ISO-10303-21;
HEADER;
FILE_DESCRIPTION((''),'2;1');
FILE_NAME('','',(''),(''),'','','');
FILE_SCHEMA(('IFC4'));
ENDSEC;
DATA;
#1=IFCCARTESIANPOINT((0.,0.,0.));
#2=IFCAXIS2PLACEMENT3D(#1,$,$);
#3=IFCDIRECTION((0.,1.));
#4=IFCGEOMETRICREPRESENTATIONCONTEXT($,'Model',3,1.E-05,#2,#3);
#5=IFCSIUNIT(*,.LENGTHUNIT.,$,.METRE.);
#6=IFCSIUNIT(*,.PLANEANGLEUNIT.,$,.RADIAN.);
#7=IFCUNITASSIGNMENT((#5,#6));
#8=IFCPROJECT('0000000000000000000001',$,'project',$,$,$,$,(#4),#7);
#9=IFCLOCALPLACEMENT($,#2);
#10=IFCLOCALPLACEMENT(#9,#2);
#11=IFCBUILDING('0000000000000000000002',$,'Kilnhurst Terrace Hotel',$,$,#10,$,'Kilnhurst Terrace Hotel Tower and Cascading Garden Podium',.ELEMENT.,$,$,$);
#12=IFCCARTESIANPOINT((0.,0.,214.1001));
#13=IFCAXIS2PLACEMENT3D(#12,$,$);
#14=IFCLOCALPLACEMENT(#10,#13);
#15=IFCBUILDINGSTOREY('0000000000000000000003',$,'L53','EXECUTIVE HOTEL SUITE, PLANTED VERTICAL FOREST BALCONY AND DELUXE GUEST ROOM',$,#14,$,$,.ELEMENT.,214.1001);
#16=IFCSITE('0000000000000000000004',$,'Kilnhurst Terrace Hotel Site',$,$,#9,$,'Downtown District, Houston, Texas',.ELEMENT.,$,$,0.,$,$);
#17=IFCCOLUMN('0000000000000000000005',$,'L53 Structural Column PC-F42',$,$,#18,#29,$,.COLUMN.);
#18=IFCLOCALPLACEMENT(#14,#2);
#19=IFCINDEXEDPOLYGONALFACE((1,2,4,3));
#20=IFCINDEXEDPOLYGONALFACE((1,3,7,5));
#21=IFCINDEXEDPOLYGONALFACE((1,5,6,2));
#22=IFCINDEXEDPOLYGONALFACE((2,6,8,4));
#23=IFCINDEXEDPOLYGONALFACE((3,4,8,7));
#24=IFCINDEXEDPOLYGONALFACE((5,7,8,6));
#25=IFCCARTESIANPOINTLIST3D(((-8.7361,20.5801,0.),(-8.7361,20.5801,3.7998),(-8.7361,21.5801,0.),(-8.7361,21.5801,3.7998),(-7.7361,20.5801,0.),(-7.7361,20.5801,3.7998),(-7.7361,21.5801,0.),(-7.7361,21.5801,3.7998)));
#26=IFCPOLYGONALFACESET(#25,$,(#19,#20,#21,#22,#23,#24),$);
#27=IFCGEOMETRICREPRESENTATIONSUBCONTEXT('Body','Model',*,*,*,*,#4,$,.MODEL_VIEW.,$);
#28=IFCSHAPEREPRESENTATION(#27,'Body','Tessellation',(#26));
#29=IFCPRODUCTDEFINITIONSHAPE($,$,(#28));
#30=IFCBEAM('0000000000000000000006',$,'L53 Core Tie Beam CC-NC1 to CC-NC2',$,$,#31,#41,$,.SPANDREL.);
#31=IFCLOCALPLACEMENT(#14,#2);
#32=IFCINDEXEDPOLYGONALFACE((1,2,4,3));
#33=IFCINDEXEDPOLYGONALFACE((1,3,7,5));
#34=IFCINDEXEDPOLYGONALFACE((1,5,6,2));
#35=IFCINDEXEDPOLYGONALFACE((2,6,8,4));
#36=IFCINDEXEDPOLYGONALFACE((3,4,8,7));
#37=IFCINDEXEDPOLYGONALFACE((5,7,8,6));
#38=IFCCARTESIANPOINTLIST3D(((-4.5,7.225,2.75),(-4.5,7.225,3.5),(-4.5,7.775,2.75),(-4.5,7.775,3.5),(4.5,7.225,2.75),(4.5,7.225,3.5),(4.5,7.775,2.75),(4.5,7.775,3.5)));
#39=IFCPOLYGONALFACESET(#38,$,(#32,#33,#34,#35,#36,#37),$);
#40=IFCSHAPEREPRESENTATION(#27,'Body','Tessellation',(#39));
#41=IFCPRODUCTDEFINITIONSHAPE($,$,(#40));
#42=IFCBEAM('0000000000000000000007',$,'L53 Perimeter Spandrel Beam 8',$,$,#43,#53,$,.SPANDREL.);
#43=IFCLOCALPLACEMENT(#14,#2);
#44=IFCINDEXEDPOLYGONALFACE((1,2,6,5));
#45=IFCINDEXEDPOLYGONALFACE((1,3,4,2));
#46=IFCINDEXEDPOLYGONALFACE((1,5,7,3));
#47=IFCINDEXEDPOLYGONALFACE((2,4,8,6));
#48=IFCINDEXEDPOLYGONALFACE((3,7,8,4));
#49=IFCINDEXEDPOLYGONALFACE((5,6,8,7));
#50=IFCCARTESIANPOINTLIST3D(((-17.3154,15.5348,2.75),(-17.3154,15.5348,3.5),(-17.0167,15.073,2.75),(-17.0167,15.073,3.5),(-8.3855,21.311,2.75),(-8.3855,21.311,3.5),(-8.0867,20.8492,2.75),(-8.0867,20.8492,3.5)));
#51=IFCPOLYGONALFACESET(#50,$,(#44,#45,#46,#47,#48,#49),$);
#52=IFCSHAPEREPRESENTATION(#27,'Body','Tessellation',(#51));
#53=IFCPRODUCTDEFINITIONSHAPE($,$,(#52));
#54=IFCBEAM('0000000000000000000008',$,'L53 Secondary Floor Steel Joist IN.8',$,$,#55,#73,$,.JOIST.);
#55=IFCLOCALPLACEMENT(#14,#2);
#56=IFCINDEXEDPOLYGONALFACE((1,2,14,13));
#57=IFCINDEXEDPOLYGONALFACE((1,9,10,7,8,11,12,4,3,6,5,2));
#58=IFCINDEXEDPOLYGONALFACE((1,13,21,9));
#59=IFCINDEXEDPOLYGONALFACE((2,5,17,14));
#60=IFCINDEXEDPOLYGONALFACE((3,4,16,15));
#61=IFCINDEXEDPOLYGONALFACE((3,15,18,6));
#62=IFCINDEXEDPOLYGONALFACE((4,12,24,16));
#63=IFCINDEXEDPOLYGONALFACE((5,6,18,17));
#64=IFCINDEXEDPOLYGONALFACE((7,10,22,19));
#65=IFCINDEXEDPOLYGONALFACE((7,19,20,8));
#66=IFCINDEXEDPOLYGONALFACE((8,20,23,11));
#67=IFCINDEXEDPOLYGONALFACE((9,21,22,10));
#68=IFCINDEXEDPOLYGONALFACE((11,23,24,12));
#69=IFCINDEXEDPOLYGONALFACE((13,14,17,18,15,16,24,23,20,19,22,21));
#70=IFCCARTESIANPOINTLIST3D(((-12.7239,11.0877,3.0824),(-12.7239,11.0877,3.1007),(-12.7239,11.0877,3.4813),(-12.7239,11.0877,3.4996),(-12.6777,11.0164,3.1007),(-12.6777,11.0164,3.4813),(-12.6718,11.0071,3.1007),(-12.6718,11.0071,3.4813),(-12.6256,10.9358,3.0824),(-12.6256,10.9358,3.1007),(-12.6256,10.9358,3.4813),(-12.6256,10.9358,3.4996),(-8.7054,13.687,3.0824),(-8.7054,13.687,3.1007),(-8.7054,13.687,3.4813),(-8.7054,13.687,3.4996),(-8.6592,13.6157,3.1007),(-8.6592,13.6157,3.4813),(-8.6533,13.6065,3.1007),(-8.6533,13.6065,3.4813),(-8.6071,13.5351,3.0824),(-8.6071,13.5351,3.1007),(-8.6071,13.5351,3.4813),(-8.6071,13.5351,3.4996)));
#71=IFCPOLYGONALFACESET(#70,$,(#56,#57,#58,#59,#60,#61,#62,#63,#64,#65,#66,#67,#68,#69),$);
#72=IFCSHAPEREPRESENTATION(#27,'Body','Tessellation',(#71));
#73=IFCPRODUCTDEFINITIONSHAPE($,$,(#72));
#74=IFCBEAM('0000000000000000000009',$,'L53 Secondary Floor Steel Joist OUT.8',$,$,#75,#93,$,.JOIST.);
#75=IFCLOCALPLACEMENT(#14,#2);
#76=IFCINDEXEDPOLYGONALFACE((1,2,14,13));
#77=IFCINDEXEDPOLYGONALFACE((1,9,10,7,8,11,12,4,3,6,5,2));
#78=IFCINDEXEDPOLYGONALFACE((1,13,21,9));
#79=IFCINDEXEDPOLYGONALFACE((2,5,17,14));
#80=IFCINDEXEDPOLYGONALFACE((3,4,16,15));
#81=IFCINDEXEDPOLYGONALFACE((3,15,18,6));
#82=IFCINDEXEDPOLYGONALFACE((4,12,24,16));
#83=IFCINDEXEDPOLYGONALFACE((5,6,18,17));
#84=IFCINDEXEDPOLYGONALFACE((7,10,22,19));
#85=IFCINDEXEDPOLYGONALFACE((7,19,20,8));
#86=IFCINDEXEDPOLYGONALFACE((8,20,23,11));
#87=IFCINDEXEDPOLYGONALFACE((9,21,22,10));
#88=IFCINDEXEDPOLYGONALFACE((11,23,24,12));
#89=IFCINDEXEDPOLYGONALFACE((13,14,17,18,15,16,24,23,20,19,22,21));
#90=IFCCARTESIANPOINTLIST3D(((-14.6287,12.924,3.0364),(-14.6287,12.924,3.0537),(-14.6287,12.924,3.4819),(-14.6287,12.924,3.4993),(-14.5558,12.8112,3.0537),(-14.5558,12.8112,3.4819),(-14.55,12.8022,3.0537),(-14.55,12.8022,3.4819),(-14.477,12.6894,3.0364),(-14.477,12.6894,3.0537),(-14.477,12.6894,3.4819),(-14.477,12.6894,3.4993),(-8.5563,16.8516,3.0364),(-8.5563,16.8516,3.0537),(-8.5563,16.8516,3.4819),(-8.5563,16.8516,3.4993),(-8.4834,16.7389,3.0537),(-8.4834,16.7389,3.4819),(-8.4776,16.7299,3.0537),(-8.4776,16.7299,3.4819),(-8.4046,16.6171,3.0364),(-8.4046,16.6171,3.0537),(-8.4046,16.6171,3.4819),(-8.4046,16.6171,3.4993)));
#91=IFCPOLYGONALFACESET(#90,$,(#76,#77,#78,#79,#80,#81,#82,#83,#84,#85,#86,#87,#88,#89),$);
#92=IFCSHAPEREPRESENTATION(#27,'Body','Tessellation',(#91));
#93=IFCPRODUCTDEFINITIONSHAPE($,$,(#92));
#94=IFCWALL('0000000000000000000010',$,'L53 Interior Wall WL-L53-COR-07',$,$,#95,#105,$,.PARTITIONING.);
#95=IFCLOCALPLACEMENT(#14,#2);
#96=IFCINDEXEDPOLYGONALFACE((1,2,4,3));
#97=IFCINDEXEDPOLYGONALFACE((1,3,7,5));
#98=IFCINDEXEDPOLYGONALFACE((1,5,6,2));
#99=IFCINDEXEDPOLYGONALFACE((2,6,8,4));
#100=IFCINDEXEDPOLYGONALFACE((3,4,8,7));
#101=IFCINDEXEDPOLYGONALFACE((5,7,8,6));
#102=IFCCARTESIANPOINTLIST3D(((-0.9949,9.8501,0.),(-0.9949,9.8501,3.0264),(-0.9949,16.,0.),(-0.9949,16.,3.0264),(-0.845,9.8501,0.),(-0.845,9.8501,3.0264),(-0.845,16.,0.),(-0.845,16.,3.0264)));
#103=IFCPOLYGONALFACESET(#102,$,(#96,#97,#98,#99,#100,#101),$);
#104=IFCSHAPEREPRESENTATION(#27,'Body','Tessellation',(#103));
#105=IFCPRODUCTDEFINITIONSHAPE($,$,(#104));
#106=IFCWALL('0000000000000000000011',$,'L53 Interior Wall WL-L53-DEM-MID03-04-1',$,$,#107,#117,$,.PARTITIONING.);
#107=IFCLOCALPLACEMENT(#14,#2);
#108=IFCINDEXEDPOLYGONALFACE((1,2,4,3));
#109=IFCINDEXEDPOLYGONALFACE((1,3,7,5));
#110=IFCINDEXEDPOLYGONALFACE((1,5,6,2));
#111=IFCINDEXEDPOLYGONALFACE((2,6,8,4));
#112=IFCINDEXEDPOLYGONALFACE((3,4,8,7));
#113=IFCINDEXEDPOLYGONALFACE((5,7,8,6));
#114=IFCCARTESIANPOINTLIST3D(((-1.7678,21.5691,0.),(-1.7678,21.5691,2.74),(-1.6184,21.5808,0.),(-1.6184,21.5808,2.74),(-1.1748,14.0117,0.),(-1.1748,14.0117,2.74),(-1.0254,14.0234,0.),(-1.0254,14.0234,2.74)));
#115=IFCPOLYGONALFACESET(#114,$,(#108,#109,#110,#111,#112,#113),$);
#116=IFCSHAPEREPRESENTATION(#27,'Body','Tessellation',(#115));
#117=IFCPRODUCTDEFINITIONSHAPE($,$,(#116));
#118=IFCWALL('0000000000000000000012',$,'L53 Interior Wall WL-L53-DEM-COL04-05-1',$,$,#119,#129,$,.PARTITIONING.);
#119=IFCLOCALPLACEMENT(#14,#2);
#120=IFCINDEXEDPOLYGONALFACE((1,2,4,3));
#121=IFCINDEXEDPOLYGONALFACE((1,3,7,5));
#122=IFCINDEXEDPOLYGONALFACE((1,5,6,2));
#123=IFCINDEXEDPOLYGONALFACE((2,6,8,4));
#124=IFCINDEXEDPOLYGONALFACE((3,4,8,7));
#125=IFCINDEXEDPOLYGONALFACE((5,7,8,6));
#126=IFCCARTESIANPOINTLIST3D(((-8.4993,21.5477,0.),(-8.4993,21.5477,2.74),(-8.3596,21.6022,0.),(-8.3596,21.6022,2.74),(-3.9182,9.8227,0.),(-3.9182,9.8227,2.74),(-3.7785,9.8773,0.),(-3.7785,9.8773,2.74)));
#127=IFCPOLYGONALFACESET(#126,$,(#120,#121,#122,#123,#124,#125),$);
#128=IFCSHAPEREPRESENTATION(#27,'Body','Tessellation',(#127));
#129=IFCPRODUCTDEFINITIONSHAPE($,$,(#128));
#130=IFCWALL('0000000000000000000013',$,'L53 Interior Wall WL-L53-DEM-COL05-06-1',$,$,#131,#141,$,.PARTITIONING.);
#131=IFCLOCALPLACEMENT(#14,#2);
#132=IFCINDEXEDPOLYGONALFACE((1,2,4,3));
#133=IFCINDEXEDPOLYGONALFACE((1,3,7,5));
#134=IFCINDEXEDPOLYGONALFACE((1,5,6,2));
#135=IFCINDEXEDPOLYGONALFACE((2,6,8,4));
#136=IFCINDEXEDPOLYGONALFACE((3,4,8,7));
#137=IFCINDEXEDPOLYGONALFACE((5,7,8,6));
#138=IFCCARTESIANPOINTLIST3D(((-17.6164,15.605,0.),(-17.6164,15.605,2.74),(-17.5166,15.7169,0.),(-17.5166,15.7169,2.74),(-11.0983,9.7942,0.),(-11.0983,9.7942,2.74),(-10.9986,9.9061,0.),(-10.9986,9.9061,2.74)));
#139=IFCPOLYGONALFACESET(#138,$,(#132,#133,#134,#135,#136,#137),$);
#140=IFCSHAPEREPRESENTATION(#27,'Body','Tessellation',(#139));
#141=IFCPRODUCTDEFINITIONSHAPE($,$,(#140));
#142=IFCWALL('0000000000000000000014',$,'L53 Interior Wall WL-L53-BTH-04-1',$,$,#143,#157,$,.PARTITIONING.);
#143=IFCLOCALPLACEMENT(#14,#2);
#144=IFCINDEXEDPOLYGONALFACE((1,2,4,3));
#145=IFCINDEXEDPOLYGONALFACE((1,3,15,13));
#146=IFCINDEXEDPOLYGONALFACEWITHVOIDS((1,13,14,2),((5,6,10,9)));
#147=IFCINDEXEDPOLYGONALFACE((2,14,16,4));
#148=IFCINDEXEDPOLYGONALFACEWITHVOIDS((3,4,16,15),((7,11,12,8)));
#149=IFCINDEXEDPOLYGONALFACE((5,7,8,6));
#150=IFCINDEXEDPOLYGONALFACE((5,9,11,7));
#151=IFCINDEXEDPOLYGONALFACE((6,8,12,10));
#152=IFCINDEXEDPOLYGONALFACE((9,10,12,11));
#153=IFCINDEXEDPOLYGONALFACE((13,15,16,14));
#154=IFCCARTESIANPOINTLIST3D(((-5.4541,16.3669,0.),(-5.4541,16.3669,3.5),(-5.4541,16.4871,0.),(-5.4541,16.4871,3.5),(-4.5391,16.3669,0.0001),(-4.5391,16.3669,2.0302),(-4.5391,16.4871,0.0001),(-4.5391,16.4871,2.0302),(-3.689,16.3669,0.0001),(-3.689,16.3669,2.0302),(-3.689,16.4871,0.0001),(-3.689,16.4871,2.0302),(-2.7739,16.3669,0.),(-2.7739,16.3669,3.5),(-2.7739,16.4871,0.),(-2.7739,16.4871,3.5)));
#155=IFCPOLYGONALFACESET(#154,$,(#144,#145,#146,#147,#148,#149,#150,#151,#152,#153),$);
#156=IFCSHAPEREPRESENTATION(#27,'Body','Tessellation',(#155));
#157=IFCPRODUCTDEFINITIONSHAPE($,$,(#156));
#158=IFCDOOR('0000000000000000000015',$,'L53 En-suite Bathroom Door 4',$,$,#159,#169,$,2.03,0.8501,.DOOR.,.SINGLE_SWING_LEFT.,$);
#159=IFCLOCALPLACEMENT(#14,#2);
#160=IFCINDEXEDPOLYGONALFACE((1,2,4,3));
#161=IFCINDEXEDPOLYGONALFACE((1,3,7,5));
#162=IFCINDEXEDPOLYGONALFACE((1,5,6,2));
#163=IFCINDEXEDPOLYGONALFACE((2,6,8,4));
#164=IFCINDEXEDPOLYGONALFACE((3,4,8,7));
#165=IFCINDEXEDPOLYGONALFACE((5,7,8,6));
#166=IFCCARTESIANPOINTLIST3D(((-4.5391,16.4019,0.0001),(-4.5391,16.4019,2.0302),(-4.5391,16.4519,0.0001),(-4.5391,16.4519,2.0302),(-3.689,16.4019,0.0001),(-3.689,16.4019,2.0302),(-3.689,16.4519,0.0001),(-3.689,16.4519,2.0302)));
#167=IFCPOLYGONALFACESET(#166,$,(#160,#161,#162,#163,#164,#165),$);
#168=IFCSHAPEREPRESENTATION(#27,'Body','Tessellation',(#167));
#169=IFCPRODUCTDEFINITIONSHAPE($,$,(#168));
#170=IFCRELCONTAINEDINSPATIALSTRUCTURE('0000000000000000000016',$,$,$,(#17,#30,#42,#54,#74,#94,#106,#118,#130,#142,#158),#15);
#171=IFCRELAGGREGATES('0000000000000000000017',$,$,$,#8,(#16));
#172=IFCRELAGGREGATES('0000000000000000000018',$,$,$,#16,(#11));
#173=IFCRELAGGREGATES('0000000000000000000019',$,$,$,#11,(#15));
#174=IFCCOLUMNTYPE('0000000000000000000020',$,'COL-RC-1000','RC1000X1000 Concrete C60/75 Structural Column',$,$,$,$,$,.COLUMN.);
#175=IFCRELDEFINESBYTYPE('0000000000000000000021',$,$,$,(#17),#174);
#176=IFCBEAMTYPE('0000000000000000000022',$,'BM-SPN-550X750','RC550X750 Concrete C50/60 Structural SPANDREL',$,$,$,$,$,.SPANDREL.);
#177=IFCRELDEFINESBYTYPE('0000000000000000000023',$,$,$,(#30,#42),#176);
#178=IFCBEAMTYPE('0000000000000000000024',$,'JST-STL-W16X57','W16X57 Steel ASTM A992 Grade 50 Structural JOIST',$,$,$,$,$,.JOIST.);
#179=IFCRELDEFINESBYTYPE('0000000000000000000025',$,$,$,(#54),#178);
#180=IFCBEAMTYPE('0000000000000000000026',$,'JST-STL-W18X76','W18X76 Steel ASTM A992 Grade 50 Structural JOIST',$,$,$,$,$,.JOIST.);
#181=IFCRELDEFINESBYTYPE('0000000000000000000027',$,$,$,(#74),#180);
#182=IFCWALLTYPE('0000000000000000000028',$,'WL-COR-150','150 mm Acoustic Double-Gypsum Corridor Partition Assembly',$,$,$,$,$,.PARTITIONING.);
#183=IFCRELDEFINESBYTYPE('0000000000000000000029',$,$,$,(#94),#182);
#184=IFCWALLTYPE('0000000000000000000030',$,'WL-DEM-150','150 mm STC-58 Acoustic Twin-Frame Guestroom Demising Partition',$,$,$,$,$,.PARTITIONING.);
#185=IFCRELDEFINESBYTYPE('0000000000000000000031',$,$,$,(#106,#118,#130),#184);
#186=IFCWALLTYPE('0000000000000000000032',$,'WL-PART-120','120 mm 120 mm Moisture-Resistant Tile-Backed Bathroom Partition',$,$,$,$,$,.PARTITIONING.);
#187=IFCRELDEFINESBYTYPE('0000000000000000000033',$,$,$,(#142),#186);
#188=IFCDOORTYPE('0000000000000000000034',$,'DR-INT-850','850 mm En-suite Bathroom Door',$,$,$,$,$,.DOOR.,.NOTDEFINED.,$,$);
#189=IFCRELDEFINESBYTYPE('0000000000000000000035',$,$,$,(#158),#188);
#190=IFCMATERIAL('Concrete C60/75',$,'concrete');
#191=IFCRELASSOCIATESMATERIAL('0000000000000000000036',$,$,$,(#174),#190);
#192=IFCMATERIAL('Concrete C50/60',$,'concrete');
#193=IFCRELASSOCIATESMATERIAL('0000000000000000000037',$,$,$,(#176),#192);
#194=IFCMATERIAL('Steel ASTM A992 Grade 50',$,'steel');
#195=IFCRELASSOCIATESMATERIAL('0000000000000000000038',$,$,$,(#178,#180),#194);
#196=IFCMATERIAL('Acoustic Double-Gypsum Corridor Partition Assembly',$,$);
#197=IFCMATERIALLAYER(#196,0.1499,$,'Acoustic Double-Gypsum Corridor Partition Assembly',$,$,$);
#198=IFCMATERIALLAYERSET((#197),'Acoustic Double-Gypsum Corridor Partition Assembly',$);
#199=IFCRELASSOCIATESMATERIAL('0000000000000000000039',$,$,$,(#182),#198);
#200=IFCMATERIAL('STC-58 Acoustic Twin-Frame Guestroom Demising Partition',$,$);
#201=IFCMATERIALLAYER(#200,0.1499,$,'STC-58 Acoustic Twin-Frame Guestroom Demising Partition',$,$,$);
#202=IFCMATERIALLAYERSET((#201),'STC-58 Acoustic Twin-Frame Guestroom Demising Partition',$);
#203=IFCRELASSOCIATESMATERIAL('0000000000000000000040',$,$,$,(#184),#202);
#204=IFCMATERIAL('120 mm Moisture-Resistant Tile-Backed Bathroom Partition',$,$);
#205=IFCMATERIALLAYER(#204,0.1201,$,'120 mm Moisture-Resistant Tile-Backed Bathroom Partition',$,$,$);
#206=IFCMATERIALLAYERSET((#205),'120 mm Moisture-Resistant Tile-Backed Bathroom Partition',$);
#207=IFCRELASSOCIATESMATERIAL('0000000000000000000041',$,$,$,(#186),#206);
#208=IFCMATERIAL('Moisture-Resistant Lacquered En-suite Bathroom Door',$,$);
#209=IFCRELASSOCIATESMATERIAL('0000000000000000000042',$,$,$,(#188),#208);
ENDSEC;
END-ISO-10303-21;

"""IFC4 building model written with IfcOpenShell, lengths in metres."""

from ifc_helpers import new_model, si_unit, direction, frame, frame_2d, origin, origin_2d, place, context, subcontext, project, spatial, rectangle, i_section, extrude, material, layer, layer_set, material_profile, profile_set, type_object, element, fill, save


model = new_model("IFC4")

# Units and contexts
model_context = context("Model", 3, precision=1e-05, world=origin(), true_north=direction((0.0, 1.0)))
body_context = subcontext(model_context, "Body", "Model", "MODEL_VIEW")
ifc_project = project(units=[si_unit("LENGTHUNIT", "METRE"), si_unit("PLANEANGLEUNIT", "RADIAN")], contexts=[model_context])

# Site, building, storey
site_placement = place(None, origin())
site = spatial("IfcSite", under=ifc_project, at=site_placement, Name="Kilnhurst Terrace Hotel Site", LongName="Downtown District, Houston, Texas", CompositionType="ELEMENT", RefElevation=0.0)
building_placement = place(site_placement, origin())
building = spatial("IfcBuilding", under=site, at=building_placement, Name="Kilnhurst Terrace Hotel", LongName="Kilnhurst Terrace Hotel Tower and Cascading Garden Podium", CompositionType="ELEMENT")
storey_placement = place(building_placement, frame((0.0, 0.0, 214.1001)))
storey = spatial("IfcBuildingStorey", under=building, at=storey_placement, Name="L53", Description="EXECUTIVE HOTEL SUITE, PLANTED VERTICAL FOREST BALCONY AND DELUXE GUEST ROOM", CompositionType="ELEMENT", Elevation=214.1001)

# Column
ifc_material_1 = material(Name="Concrete C60/75", Category="concrete")
ifc_material_profile_1 = material_profile(ifc_material_1, rectangle(XDim=1.0, YDim=1.0, at=origin_2d()), Name="RC1000X1000")
ifc_profile_set_1 = profile_set([ifc_material_profile_1], Name="Concrete C60/75")
column_type = type_object("IfcColumnType", Name="COL-RC-1000", Description="RC1000X1000 Concrete C60/75 Structural Column", PredefinedType="COLUMN", material=ifc_profile_set_1)
column_placement = place(storey_placement, frame((-8.2361, 21.0801, 0.0), z_axis=(0.0, 0.0, 1.0), x_axis=(1.0, 0.0, 0.0)))
element("IfcColumn", 1, at=column_placement, inside=storey, type_object=column_type, Name="L53 Structural Column PC-F42", PredefinedType="COLUMN", context=body_context, shape_type="SweptSolid", body=[
    extrude(rectangle(XDim=1.0, YDim=1.0, at=origin_2d()), origin(), (0.0, 0.0, 1.0), 3.7998),
])

# Beams
ifc_material_2 = material(Name="Concrete C50/60", Category="concrete")
ifc_material_profile_2 = material_profile(ifc_material_2, rectangle(XDim=0.55, YDim=0.75, at=origin_2d()), Name="RC550X750")
ifc_profile_set_2 = profile_set([ifc_material_profile_2], Name="Concrete C50/60")
beam_type_1 = type_object("IfcBeamType", Name="BM-SPN-550X750", Description="RC550X750 Concrete C50/60 Structural SPANDREL", PredefinedType="SPANDREL", material=ifc_profile_set_2)
beam_1_placement = place(storey_placement, frame((-4.5, 7.5, 3.125), z_axis=(1.0, 0.0, 0.0), x_axis=(0.0, 1.0, 0.0)))
element("IfcBeam", 2, at=beam_1_placement, inside=storey, type_object=beam_type_1, Name="L53 Core Tie Beam CC-NC1 to CC-NC2", PredefinedType="SPANDREL", context=body_context, shape_type="SweptSolid", body=[
    extrude(rectangle(XDim=0.55, YDim=0.75, at=origin_2d()), origin(), (0.0, 0.0, 1.0), 9.0),
])
beam_2_placement = place(storey_placement, frame((-8.2361, 21.0801, 3.125), z_axis=(-0.839659, -0.543114, 0.0), x_axis=(0.543114, -0.839659, 0.0)))
element("IfcBeam", 3, at=beam_2_placement, inside=storey, type_object=beam_type_1, Name="L53 Perimeter Spandrel Beam 8", PredefinedType="SPANDREL", context=body_context, shape_type="SweptSolid", body=[
    extrude(rectangle(XDim=0.55, YDim=0.75, at=origin_2d()), origin(), (0.0, 0.0, 1.0), 10.6353),
])
ifc_material_3 = material(Name="Steel ASTM A992 Grade 50", Category="steel")
ifc_material_profile_3 = material_profile(ifc_material_3, i_section(OverallWidth=0.1809, OverallDepth=0.4172, WebThickness=0.011, FlangeThickness=0.0183, at=origin_2d()), Name="W16X57")
ifc_profile_set_3 = profile_set([ifc_material_profile_3], Name="Steel ASTM A992 Grade 50")
beam_type_2 = type_object("IfcBeamType", Name="JST-STL-W16X57", Description="W16X57 Steel ASTM A992 Grade 50 Structural JOIST", PredefinedType="JOIST", material=ifc_profile_set_3)
beam_3_placement = place(storey_placement, frame((-8.6562, 13.6111, 3.291), z_axis=(-0.839654, -0.543122, 0.0), x_axis=(0.543122, -0.839654, 0.0)))
element("IfcBeam", 4, at=beam_3_placement, inside=storey, type_object=beam_type_2, Name="L53 Secondary Floor Steel Joist IN.8", PredefinedType="JOIST", context=body_context, shape_type="SweptSolid", body=[
    extrude(i_section(OverallWidth=0.1809, OverallDepth=0.4172, WebThickness=0.011, FlangeThickness=0.0183, at=origin_2d()), origin(), (0.0, 0.0, 1.0), 4.7859),
])
ifc_material_profile_4 = material_profile(ifc_material_3, i_section(OverallWidth=0.2793, OverallDepth=0.4629, WebThickness=0.0107, FlangeThickness=0.0173, at=origin_2d()), Name="W18X76")
ifc_profile_set_4 = profile_set([ifc_material_profile_4], Name="Steel ASTM A992 Grade 50")
beam_type_3 = type_object("IfcBeamType", Name="JST-STL-W18X76", Description="W18X76 Steel ASTM A992 Grade 50 Structural JOIST", PredefinedType="JOIST", material=ifc_profile_set_4)
beam_4_placement = place(storey_placement, frame((-8.4805, 16.7344, 3.2678), z_axis=(-0.839667, -0.543101, 0.0), x_axis=(0.543101, -0.839667, 0.0)))
element("IfcBeam", 5, at=beam_4_placement, inside=storey, type_object=beam_type_3, Name="L53 Secondary Floor Steel Joist OUT.8", PredefinedType="JOIST", context=body_context, shape_type="SweptSolid", body=[
    extrude(i_section(OverallWidth=0.2793, OverallDepth=0.4629, WebThickness=0.0107, FlangeThickness=0.0173, at=origin_2d()), origin(), (0.0, 0.0, 1.0), 7.2319),
])

# Walls
ifc_material_4 = material(Name="Acoustic Double-Gypsum Corridor Partition Assembly")
ifc_layer_1 = layer(ifc_material_4, 0.1499, Name="Acoustic Double-Gypsum Corridor Partition Assembly")
ifc_layer_set_1 = layer_set([ifc_layer_1], Name="Acoustic Double-Gypsum Corridor Partition Assembly")
wall_type_1 = type_object("IfcWallType", Name="WL-COR-150", Description="150 mm Acoustic Double-Gypsum Corridor Partition Assembly", PredefinedType="PARTITIONING", material=ifc_layer_set_1)
wall_1_placement = place(storey_placement, frame((-0.9199, 9.8501, 0.0), z_axis=(0.0, 0.0, 1.0), x_axis=(0.0, 1.0, 0.0)))
element("IfcWall", 6, at=wall_1_placement, inside=storey, type_object=wall_type_1, Name="L53 Interior Wall WL-L53-COR-07", PredefinedType="PARTITIONING", context=body_context, shape_type="SweptSolid", body=[
    extrude(rectangle(XDim=6.1499, YDim=0.1499, at=frame_2d((3.075, 0.0))), origin(), (0.0, 0.0, 1.0), 3.0264),
])
ifc_material_5 = material(Name="STC-58 Acoustic Twin-Frame Guestroom Demising Partition")
ifc_layer_2 = layer(ifc_material_5, 0.1499, Name="STC-58 Acoustic Twin-Frame Guestroom Demising Partition")
ifc_layer_set_2 = layer_set([ifc_layer_2], Name="STC-58 Acoustic Twin-Frame Guestroom Demising Partition")
wall_type_2 = type_object("IfcWallType", Name="WL-DEM-150", Description="150 mm STC-58 Acoustic Twin-Frame Guestroom Demising Partition", PredefinedType="PARTITIONING", material=ifc_layer_set_2)
wall_2_placement = place(storey_placement, frame((-1.1001, 14.0176, 0.0), z_axis=(0.0, 0.0, 1.0), x_axis=(-0.078228, 0.996935, 0.0)))
element("IfcWall", 7, at=wall_2_placement, inside=storey, type_object=wall_type_2, Name="L53 Interior Wall WL-L53-DEM-MID03-04-1", PredefinedType="PARTITIONING", context=body_context, shape_type="SweptSolid", body=[
    extrude(rectangle(XDim=7.5806, YDim=0.1499, at=frame_2d((3.7903, 0.0))), origin(), (0.0, 0.0, 1.0), 2.74),
])
wall_3_placement = place(storey_placement, frame((-3.8484, 9.8501, 0.0), z_axis=(0.0, 0.0, 1.0), x_axis=(-0.363922, 0.93143, 0.0)))
element("IfcWall", 8, at=wall_3_placement, inside=storey, type_object=wall_type_2, Name="L53 Interior Wall WL-L53-DEM-COL04-05-1", PredefinedType="PARTITIONING", context=body_context, shape_type="SweptSolid", body=[
    extrude(rectangle(XDim=12.5881, YDim=0.1499, at=frame_2d((6.2939, 0.0))), origin(), (0.0, 0.0, 1.0), 2.74),
])
wall_4_placement = place(storey_placement, frame((-11.0483, 9.8501, 0.0), z_axis=(0.0, 0.0, 1.0), x_axis=(-0.746444, 0.665448, 0.0)))
element("IfcWall", 9, at=wall_4_placement, inside=storey, type_object=wall_type_2, Name="L53 Interior Wall WL-L53-DEM-COL05-06-1", PredefinedType="PARTITIONING", context=body_context, shape_type="SweptSolid", body=[
    extrude(rectangle(XDim=8.7322, YDim=0.1499, at=frame_2d((4.3662, 0.0))), origin(), (0.0, 0.0, 1.0), 2.74),
])

# Wall, opening, door
ifc_material_6 = material(Name="120 mm Moisture-Resistant Tile-Backed Bathroom Partition")
ifc_layer_3 = layer(ifc_material_6, 0.1201, Name="120 mm Moisture-Resistant Tile-Backed Bathroom Partition")
ifc_layer_set_3 = layer_set([ifc_layer_3], Name="120 mm Moisture-Resistant Tile-Backed Bathroom Partition")
wall_type_3 = type_object("IfcWallType", Name="WL-PART-120", Description="120 mm 120 mm Moisture-Resistant Tile-Backed Bathroom Partition", PredefinedType="PARTITIONING", material=ifc_layer_set_3)
wall_5_placement = place(storey_placement, frame((-5.4541, 16.427, 0.0), z_axis=(0.0, 0.0, 1.0), x_axis=(1.0, 0.0, 0.0)))
wall_5 = element("IfcWall", 10, at=wall_5_placement, inside=storey, type_object=wall_type_3, Name="L53 Interior Wall WL-L53-BTH-04-1", PredefinedType="PARTITIONING", context=body_context, shape_type="SweptSolid", body=[
    extrude(rectangle(XDim=2.6802, YDim=0.1201, at=frame_2d((1.3401, 0.0))), origin(), (0.0, 0.0, 1.0), 3.5),
])
opening_placement = place(wall_5_placement, frame((0.915, 0.0, 0.0)))
opening = element("IfcOpeningElement", 11, at=opening_placement, cuts=wall_5, PredefinedType="OPENING", context=body_context, shape_type="SweptSolid", body=[
    extrude(rectangle(XDim=0.8501, YDim=2.03, at=frame_2d((0.425, 1.0151))), frame((0.0, 0.0701, 0.0), z_axis=(0.0, -1.0, 0.0), x_axis=(1.0, 0.0, 0.0)), (0.0, 0.0, 1.0), 0.1401),
])
ifc_material_7 = material(Name="Moisture-Resistant Lacquered En-suite Bathroom Door")
door_type = type_object("IfcDoorType", Name="DR-INT-850", Description="850 mm En-suite Bathroom Door", OperationType="NOTDEFINED", PredefinedType="DOOR", material=ifc_material_7)
door_placement = place(opening_placement, origin())
door = element("IfcDoor", 12, at=door_placement, inside=storey, type_object=door_type, Name="L53 En-suite Bathroom Door 4", OperationType="SINGLE_SWING_LEFT", OverallHeight=2.03, OverallWidth=0.8501, PredefinedType="DOOR", context=body_context, shape_type="SweptSolid", body=[
    extrude(rectangle(XDim=0.8501, YDim=2.03, at=frame_2d((0.425, 1.0151))), frame((0.0, 0.0249, 0.0), z_axis=(0.0, -1.0, 0.0), x_axis=(1.0, 0.0, 0.0)), (0.0, 0.0, 1.0), 0.05),
])
fill(opening, door)

save(model, "model.ifc")
